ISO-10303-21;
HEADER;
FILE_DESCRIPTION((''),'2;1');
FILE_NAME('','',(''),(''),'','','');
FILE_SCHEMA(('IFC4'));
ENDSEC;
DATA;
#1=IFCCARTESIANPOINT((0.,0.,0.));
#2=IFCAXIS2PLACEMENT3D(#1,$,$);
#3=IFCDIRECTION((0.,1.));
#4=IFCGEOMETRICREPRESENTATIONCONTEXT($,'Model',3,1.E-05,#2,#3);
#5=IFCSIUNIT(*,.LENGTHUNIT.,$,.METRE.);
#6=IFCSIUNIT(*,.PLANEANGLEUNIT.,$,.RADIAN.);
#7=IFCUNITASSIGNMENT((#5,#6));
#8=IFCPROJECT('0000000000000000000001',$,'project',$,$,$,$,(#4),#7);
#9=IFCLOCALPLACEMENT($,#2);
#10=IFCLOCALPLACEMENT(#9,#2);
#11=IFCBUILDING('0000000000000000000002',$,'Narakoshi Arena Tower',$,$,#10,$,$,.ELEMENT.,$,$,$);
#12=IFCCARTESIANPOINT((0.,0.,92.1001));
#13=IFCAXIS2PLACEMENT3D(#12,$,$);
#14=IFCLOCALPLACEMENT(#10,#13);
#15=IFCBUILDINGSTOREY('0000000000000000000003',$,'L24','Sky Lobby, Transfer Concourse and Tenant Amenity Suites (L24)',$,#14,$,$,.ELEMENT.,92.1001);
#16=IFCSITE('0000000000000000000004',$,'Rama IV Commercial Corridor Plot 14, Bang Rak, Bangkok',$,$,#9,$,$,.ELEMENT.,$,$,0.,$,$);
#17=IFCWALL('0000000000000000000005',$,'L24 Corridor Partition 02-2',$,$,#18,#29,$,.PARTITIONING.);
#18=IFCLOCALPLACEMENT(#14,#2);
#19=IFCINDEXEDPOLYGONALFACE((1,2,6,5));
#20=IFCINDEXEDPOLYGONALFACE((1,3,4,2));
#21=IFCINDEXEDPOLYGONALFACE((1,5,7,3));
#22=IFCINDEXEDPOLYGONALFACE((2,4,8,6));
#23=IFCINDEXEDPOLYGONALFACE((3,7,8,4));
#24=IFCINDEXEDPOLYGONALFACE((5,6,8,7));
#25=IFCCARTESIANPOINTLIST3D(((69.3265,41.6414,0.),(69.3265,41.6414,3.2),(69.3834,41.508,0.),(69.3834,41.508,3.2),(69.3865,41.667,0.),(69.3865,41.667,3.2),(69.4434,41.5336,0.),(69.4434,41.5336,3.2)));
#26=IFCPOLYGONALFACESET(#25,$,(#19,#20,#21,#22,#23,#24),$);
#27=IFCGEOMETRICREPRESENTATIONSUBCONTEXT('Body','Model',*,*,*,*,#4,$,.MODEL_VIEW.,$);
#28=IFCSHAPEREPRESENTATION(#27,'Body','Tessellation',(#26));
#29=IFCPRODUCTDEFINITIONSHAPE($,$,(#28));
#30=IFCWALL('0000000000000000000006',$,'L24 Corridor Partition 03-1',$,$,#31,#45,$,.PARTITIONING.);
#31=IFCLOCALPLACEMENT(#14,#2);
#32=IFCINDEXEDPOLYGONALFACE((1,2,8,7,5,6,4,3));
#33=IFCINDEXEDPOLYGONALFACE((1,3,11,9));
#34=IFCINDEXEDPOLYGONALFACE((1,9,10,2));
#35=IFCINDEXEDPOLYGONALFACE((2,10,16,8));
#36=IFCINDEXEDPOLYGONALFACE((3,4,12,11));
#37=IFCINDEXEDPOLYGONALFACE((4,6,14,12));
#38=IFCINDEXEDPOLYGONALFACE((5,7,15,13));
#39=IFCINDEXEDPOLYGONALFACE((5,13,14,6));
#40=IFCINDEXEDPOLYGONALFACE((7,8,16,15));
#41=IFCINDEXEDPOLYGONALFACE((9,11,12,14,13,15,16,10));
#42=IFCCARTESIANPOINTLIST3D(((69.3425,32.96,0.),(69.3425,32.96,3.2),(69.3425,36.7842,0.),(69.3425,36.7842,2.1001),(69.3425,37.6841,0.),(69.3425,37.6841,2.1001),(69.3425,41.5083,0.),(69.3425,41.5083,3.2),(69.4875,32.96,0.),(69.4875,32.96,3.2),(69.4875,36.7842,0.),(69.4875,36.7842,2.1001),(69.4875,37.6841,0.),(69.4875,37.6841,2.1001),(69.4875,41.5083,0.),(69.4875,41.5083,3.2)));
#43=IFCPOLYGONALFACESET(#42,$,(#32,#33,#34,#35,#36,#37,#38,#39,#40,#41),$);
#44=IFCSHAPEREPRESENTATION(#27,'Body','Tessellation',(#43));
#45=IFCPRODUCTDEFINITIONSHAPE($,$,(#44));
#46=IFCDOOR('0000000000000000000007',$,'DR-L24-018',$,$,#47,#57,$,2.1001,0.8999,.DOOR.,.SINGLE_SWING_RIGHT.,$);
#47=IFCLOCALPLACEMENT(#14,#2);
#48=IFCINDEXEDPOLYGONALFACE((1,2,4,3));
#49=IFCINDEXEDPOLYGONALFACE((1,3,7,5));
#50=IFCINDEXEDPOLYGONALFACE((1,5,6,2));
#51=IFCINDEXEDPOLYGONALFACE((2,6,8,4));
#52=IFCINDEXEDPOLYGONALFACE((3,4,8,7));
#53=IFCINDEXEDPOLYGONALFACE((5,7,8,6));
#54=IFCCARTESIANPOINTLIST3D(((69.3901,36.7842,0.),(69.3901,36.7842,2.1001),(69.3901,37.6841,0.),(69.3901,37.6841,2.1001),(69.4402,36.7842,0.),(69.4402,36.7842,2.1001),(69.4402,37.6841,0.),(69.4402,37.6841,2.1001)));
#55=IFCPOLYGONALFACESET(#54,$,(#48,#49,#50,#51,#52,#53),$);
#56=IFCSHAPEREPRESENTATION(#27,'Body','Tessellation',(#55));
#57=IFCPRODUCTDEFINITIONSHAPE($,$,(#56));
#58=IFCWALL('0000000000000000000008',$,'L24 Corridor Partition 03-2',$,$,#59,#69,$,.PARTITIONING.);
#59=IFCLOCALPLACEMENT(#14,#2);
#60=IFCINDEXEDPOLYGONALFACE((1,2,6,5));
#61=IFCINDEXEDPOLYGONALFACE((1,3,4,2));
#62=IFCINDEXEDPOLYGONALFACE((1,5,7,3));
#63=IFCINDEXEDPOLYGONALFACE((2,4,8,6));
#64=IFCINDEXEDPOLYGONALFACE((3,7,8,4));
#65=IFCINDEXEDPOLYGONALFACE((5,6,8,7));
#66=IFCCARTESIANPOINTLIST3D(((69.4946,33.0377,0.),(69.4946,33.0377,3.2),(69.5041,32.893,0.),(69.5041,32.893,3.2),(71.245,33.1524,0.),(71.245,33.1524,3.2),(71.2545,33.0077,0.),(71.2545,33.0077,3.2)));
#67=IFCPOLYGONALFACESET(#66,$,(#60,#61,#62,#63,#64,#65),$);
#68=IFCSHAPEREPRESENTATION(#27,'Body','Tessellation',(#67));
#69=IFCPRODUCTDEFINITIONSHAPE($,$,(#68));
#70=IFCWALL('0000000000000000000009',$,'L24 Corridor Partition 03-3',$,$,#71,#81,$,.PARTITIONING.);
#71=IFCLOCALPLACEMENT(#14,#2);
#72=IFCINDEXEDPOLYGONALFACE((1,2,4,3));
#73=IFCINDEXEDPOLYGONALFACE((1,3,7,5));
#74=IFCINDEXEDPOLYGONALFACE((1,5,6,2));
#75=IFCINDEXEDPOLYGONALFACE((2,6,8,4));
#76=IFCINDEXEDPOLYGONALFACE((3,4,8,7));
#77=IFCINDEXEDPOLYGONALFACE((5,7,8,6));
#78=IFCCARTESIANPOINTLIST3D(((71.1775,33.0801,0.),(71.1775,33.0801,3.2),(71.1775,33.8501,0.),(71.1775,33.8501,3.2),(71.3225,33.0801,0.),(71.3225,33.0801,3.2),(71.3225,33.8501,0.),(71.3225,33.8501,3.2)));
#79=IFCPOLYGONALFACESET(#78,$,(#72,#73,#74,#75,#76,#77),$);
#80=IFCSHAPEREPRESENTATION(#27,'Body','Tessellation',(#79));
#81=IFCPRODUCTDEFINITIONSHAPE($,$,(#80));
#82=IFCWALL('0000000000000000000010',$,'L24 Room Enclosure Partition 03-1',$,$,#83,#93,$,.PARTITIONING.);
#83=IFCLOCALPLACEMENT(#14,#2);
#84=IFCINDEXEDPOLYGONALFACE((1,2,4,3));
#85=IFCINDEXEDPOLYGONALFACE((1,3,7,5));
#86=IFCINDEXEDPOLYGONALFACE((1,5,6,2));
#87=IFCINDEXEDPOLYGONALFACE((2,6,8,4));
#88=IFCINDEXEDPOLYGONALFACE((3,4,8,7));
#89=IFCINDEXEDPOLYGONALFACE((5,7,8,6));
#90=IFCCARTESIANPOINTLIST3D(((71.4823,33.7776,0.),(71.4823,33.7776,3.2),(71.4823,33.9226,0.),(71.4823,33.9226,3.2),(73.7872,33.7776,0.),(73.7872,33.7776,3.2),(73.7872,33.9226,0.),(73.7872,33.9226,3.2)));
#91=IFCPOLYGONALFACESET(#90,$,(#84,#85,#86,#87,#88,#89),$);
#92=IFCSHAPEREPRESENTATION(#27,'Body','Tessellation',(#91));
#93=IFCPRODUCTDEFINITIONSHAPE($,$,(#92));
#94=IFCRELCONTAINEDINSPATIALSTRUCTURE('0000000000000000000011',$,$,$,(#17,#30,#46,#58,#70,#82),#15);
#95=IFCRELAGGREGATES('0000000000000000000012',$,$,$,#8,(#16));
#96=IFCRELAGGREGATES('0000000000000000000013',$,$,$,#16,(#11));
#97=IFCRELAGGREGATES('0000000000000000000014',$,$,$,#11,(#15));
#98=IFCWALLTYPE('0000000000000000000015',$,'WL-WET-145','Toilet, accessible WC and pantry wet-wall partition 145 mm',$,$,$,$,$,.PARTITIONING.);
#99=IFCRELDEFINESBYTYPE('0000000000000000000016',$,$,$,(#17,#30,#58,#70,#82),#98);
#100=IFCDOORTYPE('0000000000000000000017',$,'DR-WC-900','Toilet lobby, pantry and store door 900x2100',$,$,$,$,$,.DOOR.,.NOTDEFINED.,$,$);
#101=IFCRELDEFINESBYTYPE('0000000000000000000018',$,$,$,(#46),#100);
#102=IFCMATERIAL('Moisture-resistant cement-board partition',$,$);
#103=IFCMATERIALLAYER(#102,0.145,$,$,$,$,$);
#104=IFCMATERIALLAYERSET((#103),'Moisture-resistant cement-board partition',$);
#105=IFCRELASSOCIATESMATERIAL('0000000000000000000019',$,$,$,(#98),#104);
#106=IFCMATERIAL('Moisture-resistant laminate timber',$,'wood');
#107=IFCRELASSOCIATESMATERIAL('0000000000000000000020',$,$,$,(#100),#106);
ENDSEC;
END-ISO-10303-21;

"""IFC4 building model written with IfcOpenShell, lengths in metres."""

from ifc_helpers import new_model, si_unit, direction, frame, frame_2d, origin, place, context, subcontext, project, spatial, rectangle, extrude, material, layer, layer_set, type_object, element, fill, save


model = new_model("IFC4")

# Units and contexts
model_context = context("Model", 3, precision=1e-05, world=origin(), true_north=direction((0.0, 1.0)))
body_context = subcontext(model_context, "Body", "Model", "MODEL_VIEW")
ifc_project = project(units=[si_unit("LENGTHUNIT", "METRE"), si_unit("PLANEANGLEUNIT", "RADIAN")], contexts=[model_context])

# Site, building, storey
site_placement = place(None, origin())
site = spatial("IfcSite", under=ifc_project, at=site_placement, Name="Rama IV Commercial Corridor Plot 14, Bang Rak, Bangkok", CompositionType="ELEMENT", RefElevation=0.0)
building_placement = place(site_placement, origin())
building = spatial("IfcBuilding", under=site, at=building_placement, Name="Narakoshi Arena Tower", CompositionType="ELEMENT")
storey_placement = place(building_placement, frame((0.0, 0.0, 92.1001)))
storey = spatial("IfcBuildingStorey", under=building, at=storey_placement, Name="L24", Description="Sky Lobby, Transfer Concourse and Tenant Amenity Suites (L24)", CompositionType="ELEMENT", Elevation=92.1001)

# Shared definitions
ifc_material_1 = material(Name="Moisture-resistant cement-board partition")
ifc_layer_1 = layer(ifc_material_1, 0.145)
ifc_layer_set_1 = layer_set([ifc_layer_1], Name="Moisture-resistant cement-board partition")
wall_type_1 = type_object("IfcWallType", Name="WL-WET-145", Description="Toilet, accessible WC and pantry wet-wall partition 145 mm", PredefinedType="PARTITIONING", material=ifc_layer_set_1)
ifc_material_2 = material(Name="Moisture-resistant laminate timber", Category="wood")
door_type_1 = type_object("IfcDoorType", Name="DR-WC-900", Description="Toilet lobby, pantry and store door 900x2100", OperationType="NOTDEFINED", PredefinedType="DOOR", material=ifc_material_2)

# Wall
wall_1_placement = place(storey_placement, frame((69.415, 41.6003, 0.0), z_axis=(0.0, 0.0, 1.0), x_axis=(-0.919724, -0.392565, 0.0)))
element("IfcWall", 1, at=wall_1_placement, inside=storey, type_object=wall_type_1, Name="L24 Corridor Partition 02-2", PredefinedType="PARTITIONING", context=body_context, shape_type="SweptSolid", body=[
    extrude(rectangle(XDim=0.0652, YDim=0.145, at=frame_2d((0.0327, 0.0))), origin(), (0.0, 0.0, 1.0), 3.2),
])

# Wall, opening, door
wall_2_placement = place(storey_placement, frame((69.415, 41.5083, 0.0), z_axis=(0.0, 0.0, 1.0), x_axis=(0.0, -1.0, 0.0)))
wall_2 = element("IfcWall", 2, at=wall_2_placement, inside=storey, type_object=wall_type_1, Name="L24 Corridor Partition 03-1", PredefinedType="PARTITIONING", context=body_context, shape_type="SweptSolid", body=[
    extrude(rectangle(XDim=8.5483, YDim=0.145, at=frame_2d((4.2742, 0.0))), origin(), (0.0, 0.0, 1.0), 3.2),
])
opening_1_placement = place(wall_2_placement, frame((3.8242, 0.0, 0.0)))
opening_1 = element("IfcOpeningElement", 3, at=opening_1_placement, cuts=wall_2, PredefinedType="OPENING", context=body_context, shape_type="SweptSolid", body=[
    extrude(rectangle(XDim=0.8999, YDim=2.1001, at=frame_2d((0.45, 1.05))), frame((0.0, 0.0825, 0.0), z_axis=(0.0, -1.0, 0.0), x_axis=(1.0, 0.0, 0.0)), (0.0, 0.0, 1.0), 0.165),
])
door_1_placement = place(opening_1_placement, frame((0.8999, 0.0, 0.0), z_axis=(0.0, 0.0, 1.0), x_axis=(-1.0, 0.0, 0.0)))
door_1 = element("IfcDoor", 4, at=door_1_placement, inside=storey, type_object=door_type_1, Name="DR-L24-018", OperationType="SINGLE_SWING_RIGHT", OverallHeight=2.1001, OverallWidth=0.8999, PredefinedType="DOOR", context=body_context, shape_type="SweptSolid", body=[
    extrude(rectangle(XDim=0.8999, YDim=2.1001, at=frame_2d((0.45, 1.05))), frame((0.0, 0.0249, 0.0), z_axis=(0.0, -1.0, 0.0), x_axis=(1.0, 0.0, 0.0)), (0.0, 0.0, 1.0), 0.05),
])
fill(opening_1, door_1)

# Walls
wall_3_placement = place(storey_placement, frame((69.4995, 32.9653, 0.0), z_axis=(0.0, 0.0, 1.0), x_axis=(0.997858, 0.065411, 0.0)))
element("IfcWall", 5, at=wall_3_placement, inside=storey, type_object=wall_type_1, Name="L24 Corridor Partition 03-2", PredefinedType="PARTITIONING", context=body_context, shape_type="SweptSolid", body=[
    extrude(rectangle(XDim=1.7542, YDim=0.145, at=frame_2d((0.877, 0.0))), origin(), (0.0, 0.0, 1.0), 3.2),
])
wall_4_placement = place(storey_placement, frame((71.25, 33.0801, 0.0), z_axis=(0.0, 0.0, 1.0), x_axis=(0.0, 1.0, 0.0)))
element("IfcWall", 6, at=wall_4_placement, inside=storey, type_object=wall_type_1, Name="L24 Corridor Partition 03-3", PredefinedType="PARTITIONING", context=body_context, shape_type="SweptSolid", body=[
    extrude(rectangle(XDim=0.77, YDim=0.145, at=frame_2d((0.385, 0.0))), origin(), (0.0, 0.0, 1.0), 3.2),
])
wall_5_placement = place(storey_placement, frame((71.4824, 33.8501, 0.0), z_axis=(0.0, 0.0, 1.0), x_axis=(1.0, 0.0, 0.0)))
element("IfcWall", 7, at=wall_5_placement, inside=storey, type_object=wall_type_1, Name="L24 Room Enclosure Partition 03-1", PredefinedType="PARTITIONING", context=body_context, shape_type="SweptSolid", body=[
    extrude(rectangle(XDim=2.3049, YDim=0.145, at=frame_2d((1.1523, 0.0))), origin(), (0.0, 0.0, 1.0), 3.2),
])

save(model, "model.ifc")
